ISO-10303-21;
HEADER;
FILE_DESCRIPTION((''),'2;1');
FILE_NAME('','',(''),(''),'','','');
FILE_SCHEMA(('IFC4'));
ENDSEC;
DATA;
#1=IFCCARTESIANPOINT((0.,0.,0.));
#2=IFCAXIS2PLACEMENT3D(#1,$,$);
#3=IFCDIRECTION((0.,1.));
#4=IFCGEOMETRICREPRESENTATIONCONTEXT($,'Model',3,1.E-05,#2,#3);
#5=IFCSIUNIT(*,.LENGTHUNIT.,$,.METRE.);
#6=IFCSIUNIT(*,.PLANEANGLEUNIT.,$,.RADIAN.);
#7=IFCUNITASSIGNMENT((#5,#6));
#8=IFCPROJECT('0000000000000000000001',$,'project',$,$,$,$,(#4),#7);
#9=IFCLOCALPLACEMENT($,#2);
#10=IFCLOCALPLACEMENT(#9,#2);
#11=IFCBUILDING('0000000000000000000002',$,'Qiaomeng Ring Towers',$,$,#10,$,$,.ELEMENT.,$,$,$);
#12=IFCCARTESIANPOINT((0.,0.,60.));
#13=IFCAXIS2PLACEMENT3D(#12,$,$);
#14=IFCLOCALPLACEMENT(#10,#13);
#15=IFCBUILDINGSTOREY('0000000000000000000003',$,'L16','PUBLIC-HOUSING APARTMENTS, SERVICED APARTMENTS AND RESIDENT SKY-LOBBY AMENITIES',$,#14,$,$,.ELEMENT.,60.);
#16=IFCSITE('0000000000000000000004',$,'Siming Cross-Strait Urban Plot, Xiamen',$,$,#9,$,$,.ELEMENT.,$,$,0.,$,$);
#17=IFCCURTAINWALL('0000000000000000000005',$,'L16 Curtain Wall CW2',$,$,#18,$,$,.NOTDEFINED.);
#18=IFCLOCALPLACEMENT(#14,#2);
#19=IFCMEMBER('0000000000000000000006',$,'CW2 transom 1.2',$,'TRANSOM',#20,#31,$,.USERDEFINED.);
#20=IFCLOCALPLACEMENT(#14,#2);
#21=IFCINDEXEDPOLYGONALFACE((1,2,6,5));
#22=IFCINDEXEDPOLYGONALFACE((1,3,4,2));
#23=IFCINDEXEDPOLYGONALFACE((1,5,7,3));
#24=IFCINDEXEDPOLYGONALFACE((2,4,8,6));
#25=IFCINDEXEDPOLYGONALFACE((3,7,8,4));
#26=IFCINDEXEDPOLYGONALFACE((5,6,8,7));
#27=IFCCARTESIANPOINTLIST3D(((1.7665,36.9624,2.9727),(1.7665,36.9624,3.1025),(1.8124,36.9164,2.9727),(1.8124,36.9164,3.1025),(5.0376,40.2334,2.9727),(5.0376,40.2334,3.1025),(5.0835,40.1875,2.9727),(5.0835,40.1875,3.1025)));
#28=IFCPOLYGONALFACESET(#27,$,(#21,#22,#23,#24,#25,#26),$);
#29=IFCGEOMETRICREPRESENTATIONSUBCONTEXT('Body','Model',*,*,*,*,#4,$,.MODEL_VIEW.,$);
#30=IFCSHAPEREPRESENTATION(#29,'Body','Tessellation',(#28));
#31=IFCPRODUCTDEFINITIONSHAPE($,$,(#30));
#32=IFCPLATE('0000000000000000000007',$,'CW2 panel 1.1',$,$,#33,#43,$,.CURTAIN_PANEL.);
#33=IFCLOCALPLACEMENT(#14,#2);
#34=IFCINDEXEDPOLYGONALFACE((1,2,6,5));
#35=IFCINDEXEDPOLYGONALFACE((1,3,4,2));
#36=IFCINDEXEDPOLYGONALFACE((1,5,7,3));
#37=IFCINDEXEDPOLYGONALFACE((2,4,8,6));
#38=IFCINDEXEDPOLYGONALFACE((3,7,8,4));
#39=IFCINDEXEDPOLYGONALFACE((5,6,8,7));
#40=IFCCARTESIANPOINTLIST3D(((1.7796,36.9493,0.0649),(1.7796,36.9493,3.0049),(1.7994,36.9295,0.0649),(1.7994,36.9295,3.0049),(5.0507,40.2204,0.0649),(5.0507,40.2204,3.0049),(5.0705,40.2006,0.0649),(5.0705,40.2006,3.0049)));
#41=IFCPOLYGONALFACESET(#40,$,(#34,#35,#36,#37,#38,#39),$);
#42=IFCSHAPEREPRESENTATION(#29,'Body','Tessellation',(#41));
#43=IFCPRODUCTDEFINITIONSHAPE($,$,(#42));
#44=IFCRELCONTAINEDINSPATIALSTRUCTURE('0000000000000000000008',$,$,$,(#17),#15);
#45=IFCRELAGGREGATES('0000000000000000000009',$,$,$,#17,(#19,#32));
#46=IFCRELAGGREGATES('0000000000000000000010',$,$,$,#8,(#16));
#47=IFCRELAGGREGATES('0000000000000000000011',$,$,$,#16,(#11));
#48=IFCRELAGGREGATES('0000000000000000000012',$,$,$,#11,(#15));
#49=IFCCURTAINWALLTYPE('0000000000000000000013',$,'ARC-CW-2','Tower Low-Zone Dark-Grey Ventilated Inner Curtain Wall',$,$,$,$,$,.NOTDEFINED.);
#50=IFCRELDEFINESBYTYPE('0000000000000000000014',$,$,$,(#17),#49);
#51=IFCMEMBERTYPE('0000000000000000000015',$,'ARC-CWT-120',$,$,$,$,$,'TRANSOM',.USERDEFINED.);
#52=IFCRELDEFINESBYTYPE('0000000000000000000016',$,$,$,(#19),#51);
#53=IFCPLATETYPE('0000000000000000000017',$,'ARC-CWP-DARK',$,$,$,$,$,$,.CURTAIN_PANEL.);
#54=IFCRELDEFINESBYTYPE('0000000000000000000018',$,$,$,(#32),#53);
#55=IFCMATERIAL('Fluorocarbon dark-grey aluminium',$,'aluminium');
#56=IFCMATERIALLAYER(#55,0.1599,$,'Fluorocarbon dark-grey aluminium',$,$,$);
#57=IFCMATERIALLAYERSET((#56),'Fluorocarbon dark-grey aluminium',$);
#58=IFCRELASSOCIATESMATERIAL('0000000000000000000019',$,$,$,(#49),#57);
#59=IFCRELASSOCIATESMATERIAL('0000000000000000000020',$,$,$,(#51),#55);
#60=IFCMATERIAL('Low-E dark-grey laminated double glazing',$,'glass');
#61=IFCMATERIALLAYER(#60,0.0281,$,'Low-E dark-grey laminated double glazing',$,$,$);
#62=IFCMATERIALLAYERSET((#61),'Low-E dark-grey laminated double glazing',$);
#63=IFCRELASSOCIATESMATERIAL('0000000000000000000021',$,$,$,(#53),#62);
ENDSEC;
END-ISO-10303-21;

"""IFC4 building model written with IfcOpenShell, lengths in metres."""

from ifc_helpers import new_model, si_unit, direction, frame, origin, origin_2d, place, context, subcontext, project, spatial, rectangle, extrude, source, transform, mapped, material, layer, layer_set, material_profile, profile_set, type_object, element, aggregate, save


model = new_model("IFC4")

# Units and contexts
model_context = context("Model", 3, precision=1e-05, world=origin(), true_north=direction((0.0, 1.0)))
body_context = subcontext(model_context, "Body", "Model", "MODEL_VIEW")
ifc_project = project(units=[si_unit("LENGTHUNIT", "METRE"), si_unit("PLANEANGLEUNIT", "RADIAN")], contexts=[model_context])

# Site, building, storey
site_placement = place(None, origin())
site = spatial("IfcSite", under=ifc_project, at=site_placement, Name="Siming Cross-Strait Urban Plot, Xiamen", CompositionType="ELEMENT", RefElevation=0.0)
building_placement = place(site_placement, origin())
building = spatial("IfcBuilding", under=site, at=building_placement, Name="Qiaomeng Ring Towers", CompositionType="ELEMENT")
storey_placement = place(building_placement, frame((0.0, 0.0, 60.0)))
storey = spatial("IfcBuildingStorey", under=building, at=storey_placement, Name="L16", Description="PUBLIC-HOUSING APARTMENTS, SERVICED APARTMENTS AND RESIDENT SKY-LOBBY AMENITIES", CompositionType="ELEMENT", Elevation=60.0)

# Curtain wall, member, plate
ifc_material_1 = material(Name="Fluorocarbon dark-grey aluminium", Category="aluminium")
ifc_layer_1 = layer(ifc_material_1, 0.1599, Name="Fluorocarbon dark-grey aluminium")
ifc_layer_set_1 = layer_set([ifc_layer_1], Name="Fluorocarbon dark-grey aluminium")
curtain_wall_type = type_object("IfcCurtainWallType", Name="ARC-CW-2", Description="Tower Low-Zone Dark-Grey Ventilated Inner Curtain Wall", PredefinedType="NOTDEFINED", material=ifc_layer_set_1)
curtain_wall_placement = place(storey_placement, origin())
curtain_wall = element("IfcCurtainWall", 1, at=curtain_wall_placement, inside=storey, type_object=curtain_wall_type, Name="L16 Curtain Wall CW2", PredefinedType="NOTDEFINED")
ifc_material_profile_1 = material_profile(ifc_material_1, rectangle(XDim=0.0649, YDim=0.1299, at=origin_2d()), Name="ALU TRAN 65x130")
ifc_profile_set_1 = profile_set([ifc_material_profile_1], Name="Fluorocarbon dark-grey aluminium")
member_type_1 = type_object("IfcMemberType", Name="ARC-CWT-120", ElementType="TRANSOM", PredefinedType="USERDEFINED", material=ifc_profile_set_1)
shared_shape_1 = source(origin(), body_context, "Body", "SweptSolid", [
    extrude(rectangle(XDim=0.0649, YDim=0.1299, at=origin_2d()), origin(), (0.0, 0.0, 1.0), 4.626),
])
member_1_placement = place(storey_placement, frame((5.0605, 40.2104, 3.0376), z_axis=(-0.707107, -0.707107, 0.0), x_axis=(0.707107, -0.707107, 0.0)))
member_1 = element("IfcMember", 2, at=member_1_placement, type_object=member_type_1, Name="CW2 transom 1.2", ObjectType="TRANSOM", PredefinedType="USERDEFINED", context=body_context, shape_type="MappedRepresentation", body=[
    mapped(shared_shape_1, transform((0.0, 0.0, 0.0), x_axis=(1.0, 0.0, 0.0), y_axis=(0.0, 1.0, 0.0), z_axis=(0.0, 0.0, 1.0), scale=1.0)),
])
ifc_material_2 = material(Name="Low-E dark-grey laminated double glazing", Category="glass")
ifc_layer_2 = layer(ifc_material_2, 0.0281, Name="Low-E dark-grey laminated double glazing")
ifc_layer_set_2 = layer_set([ifc_layer_2], Name="Low-E dark-grey laminated double glazing")
plate_type = type_object("IfcPlateType", Name="ARC-CWP-DARK", PredefinedType="CURTAIN_PANEL", material=ifc_layer_set_2)
shared_shape_2 = source(origin(), body_context, "Body", "SweptSolid", [
    extrude(rectangle(XDim=4.626, YDim=0.0281, at=origin_2d()), origin(), (0.0, 0.0, 1.0), 2.9399),
])
plate_placement = place(storey_placement, frame((3.425, 38.575, 0.0649), z_axis=(0.0, 0.0, 1.0), x_axis=(-0.707107, -0.707107, 0.0)))
plate = element("IfcPlate", 3, at=plate_placement, type_object=plate_type, Name="CW2 panel 1.1", PredefinedType="CURTAIN_PANEL", context=body_context, shape_type="MappedRepresentation", body=[
    mapped(shared_shape_2, transform((0.0, 0.0, 0.0), x_axis=(1.0, 0.0, 0.0), y_axis=(0.0, 1.0, 0.0), z_axis=(0.0, 0.0, 1.0), scale=1.0)),
])
aggregate(curtain_wall, [member_1, plate])

save(model, "model.ifc")
